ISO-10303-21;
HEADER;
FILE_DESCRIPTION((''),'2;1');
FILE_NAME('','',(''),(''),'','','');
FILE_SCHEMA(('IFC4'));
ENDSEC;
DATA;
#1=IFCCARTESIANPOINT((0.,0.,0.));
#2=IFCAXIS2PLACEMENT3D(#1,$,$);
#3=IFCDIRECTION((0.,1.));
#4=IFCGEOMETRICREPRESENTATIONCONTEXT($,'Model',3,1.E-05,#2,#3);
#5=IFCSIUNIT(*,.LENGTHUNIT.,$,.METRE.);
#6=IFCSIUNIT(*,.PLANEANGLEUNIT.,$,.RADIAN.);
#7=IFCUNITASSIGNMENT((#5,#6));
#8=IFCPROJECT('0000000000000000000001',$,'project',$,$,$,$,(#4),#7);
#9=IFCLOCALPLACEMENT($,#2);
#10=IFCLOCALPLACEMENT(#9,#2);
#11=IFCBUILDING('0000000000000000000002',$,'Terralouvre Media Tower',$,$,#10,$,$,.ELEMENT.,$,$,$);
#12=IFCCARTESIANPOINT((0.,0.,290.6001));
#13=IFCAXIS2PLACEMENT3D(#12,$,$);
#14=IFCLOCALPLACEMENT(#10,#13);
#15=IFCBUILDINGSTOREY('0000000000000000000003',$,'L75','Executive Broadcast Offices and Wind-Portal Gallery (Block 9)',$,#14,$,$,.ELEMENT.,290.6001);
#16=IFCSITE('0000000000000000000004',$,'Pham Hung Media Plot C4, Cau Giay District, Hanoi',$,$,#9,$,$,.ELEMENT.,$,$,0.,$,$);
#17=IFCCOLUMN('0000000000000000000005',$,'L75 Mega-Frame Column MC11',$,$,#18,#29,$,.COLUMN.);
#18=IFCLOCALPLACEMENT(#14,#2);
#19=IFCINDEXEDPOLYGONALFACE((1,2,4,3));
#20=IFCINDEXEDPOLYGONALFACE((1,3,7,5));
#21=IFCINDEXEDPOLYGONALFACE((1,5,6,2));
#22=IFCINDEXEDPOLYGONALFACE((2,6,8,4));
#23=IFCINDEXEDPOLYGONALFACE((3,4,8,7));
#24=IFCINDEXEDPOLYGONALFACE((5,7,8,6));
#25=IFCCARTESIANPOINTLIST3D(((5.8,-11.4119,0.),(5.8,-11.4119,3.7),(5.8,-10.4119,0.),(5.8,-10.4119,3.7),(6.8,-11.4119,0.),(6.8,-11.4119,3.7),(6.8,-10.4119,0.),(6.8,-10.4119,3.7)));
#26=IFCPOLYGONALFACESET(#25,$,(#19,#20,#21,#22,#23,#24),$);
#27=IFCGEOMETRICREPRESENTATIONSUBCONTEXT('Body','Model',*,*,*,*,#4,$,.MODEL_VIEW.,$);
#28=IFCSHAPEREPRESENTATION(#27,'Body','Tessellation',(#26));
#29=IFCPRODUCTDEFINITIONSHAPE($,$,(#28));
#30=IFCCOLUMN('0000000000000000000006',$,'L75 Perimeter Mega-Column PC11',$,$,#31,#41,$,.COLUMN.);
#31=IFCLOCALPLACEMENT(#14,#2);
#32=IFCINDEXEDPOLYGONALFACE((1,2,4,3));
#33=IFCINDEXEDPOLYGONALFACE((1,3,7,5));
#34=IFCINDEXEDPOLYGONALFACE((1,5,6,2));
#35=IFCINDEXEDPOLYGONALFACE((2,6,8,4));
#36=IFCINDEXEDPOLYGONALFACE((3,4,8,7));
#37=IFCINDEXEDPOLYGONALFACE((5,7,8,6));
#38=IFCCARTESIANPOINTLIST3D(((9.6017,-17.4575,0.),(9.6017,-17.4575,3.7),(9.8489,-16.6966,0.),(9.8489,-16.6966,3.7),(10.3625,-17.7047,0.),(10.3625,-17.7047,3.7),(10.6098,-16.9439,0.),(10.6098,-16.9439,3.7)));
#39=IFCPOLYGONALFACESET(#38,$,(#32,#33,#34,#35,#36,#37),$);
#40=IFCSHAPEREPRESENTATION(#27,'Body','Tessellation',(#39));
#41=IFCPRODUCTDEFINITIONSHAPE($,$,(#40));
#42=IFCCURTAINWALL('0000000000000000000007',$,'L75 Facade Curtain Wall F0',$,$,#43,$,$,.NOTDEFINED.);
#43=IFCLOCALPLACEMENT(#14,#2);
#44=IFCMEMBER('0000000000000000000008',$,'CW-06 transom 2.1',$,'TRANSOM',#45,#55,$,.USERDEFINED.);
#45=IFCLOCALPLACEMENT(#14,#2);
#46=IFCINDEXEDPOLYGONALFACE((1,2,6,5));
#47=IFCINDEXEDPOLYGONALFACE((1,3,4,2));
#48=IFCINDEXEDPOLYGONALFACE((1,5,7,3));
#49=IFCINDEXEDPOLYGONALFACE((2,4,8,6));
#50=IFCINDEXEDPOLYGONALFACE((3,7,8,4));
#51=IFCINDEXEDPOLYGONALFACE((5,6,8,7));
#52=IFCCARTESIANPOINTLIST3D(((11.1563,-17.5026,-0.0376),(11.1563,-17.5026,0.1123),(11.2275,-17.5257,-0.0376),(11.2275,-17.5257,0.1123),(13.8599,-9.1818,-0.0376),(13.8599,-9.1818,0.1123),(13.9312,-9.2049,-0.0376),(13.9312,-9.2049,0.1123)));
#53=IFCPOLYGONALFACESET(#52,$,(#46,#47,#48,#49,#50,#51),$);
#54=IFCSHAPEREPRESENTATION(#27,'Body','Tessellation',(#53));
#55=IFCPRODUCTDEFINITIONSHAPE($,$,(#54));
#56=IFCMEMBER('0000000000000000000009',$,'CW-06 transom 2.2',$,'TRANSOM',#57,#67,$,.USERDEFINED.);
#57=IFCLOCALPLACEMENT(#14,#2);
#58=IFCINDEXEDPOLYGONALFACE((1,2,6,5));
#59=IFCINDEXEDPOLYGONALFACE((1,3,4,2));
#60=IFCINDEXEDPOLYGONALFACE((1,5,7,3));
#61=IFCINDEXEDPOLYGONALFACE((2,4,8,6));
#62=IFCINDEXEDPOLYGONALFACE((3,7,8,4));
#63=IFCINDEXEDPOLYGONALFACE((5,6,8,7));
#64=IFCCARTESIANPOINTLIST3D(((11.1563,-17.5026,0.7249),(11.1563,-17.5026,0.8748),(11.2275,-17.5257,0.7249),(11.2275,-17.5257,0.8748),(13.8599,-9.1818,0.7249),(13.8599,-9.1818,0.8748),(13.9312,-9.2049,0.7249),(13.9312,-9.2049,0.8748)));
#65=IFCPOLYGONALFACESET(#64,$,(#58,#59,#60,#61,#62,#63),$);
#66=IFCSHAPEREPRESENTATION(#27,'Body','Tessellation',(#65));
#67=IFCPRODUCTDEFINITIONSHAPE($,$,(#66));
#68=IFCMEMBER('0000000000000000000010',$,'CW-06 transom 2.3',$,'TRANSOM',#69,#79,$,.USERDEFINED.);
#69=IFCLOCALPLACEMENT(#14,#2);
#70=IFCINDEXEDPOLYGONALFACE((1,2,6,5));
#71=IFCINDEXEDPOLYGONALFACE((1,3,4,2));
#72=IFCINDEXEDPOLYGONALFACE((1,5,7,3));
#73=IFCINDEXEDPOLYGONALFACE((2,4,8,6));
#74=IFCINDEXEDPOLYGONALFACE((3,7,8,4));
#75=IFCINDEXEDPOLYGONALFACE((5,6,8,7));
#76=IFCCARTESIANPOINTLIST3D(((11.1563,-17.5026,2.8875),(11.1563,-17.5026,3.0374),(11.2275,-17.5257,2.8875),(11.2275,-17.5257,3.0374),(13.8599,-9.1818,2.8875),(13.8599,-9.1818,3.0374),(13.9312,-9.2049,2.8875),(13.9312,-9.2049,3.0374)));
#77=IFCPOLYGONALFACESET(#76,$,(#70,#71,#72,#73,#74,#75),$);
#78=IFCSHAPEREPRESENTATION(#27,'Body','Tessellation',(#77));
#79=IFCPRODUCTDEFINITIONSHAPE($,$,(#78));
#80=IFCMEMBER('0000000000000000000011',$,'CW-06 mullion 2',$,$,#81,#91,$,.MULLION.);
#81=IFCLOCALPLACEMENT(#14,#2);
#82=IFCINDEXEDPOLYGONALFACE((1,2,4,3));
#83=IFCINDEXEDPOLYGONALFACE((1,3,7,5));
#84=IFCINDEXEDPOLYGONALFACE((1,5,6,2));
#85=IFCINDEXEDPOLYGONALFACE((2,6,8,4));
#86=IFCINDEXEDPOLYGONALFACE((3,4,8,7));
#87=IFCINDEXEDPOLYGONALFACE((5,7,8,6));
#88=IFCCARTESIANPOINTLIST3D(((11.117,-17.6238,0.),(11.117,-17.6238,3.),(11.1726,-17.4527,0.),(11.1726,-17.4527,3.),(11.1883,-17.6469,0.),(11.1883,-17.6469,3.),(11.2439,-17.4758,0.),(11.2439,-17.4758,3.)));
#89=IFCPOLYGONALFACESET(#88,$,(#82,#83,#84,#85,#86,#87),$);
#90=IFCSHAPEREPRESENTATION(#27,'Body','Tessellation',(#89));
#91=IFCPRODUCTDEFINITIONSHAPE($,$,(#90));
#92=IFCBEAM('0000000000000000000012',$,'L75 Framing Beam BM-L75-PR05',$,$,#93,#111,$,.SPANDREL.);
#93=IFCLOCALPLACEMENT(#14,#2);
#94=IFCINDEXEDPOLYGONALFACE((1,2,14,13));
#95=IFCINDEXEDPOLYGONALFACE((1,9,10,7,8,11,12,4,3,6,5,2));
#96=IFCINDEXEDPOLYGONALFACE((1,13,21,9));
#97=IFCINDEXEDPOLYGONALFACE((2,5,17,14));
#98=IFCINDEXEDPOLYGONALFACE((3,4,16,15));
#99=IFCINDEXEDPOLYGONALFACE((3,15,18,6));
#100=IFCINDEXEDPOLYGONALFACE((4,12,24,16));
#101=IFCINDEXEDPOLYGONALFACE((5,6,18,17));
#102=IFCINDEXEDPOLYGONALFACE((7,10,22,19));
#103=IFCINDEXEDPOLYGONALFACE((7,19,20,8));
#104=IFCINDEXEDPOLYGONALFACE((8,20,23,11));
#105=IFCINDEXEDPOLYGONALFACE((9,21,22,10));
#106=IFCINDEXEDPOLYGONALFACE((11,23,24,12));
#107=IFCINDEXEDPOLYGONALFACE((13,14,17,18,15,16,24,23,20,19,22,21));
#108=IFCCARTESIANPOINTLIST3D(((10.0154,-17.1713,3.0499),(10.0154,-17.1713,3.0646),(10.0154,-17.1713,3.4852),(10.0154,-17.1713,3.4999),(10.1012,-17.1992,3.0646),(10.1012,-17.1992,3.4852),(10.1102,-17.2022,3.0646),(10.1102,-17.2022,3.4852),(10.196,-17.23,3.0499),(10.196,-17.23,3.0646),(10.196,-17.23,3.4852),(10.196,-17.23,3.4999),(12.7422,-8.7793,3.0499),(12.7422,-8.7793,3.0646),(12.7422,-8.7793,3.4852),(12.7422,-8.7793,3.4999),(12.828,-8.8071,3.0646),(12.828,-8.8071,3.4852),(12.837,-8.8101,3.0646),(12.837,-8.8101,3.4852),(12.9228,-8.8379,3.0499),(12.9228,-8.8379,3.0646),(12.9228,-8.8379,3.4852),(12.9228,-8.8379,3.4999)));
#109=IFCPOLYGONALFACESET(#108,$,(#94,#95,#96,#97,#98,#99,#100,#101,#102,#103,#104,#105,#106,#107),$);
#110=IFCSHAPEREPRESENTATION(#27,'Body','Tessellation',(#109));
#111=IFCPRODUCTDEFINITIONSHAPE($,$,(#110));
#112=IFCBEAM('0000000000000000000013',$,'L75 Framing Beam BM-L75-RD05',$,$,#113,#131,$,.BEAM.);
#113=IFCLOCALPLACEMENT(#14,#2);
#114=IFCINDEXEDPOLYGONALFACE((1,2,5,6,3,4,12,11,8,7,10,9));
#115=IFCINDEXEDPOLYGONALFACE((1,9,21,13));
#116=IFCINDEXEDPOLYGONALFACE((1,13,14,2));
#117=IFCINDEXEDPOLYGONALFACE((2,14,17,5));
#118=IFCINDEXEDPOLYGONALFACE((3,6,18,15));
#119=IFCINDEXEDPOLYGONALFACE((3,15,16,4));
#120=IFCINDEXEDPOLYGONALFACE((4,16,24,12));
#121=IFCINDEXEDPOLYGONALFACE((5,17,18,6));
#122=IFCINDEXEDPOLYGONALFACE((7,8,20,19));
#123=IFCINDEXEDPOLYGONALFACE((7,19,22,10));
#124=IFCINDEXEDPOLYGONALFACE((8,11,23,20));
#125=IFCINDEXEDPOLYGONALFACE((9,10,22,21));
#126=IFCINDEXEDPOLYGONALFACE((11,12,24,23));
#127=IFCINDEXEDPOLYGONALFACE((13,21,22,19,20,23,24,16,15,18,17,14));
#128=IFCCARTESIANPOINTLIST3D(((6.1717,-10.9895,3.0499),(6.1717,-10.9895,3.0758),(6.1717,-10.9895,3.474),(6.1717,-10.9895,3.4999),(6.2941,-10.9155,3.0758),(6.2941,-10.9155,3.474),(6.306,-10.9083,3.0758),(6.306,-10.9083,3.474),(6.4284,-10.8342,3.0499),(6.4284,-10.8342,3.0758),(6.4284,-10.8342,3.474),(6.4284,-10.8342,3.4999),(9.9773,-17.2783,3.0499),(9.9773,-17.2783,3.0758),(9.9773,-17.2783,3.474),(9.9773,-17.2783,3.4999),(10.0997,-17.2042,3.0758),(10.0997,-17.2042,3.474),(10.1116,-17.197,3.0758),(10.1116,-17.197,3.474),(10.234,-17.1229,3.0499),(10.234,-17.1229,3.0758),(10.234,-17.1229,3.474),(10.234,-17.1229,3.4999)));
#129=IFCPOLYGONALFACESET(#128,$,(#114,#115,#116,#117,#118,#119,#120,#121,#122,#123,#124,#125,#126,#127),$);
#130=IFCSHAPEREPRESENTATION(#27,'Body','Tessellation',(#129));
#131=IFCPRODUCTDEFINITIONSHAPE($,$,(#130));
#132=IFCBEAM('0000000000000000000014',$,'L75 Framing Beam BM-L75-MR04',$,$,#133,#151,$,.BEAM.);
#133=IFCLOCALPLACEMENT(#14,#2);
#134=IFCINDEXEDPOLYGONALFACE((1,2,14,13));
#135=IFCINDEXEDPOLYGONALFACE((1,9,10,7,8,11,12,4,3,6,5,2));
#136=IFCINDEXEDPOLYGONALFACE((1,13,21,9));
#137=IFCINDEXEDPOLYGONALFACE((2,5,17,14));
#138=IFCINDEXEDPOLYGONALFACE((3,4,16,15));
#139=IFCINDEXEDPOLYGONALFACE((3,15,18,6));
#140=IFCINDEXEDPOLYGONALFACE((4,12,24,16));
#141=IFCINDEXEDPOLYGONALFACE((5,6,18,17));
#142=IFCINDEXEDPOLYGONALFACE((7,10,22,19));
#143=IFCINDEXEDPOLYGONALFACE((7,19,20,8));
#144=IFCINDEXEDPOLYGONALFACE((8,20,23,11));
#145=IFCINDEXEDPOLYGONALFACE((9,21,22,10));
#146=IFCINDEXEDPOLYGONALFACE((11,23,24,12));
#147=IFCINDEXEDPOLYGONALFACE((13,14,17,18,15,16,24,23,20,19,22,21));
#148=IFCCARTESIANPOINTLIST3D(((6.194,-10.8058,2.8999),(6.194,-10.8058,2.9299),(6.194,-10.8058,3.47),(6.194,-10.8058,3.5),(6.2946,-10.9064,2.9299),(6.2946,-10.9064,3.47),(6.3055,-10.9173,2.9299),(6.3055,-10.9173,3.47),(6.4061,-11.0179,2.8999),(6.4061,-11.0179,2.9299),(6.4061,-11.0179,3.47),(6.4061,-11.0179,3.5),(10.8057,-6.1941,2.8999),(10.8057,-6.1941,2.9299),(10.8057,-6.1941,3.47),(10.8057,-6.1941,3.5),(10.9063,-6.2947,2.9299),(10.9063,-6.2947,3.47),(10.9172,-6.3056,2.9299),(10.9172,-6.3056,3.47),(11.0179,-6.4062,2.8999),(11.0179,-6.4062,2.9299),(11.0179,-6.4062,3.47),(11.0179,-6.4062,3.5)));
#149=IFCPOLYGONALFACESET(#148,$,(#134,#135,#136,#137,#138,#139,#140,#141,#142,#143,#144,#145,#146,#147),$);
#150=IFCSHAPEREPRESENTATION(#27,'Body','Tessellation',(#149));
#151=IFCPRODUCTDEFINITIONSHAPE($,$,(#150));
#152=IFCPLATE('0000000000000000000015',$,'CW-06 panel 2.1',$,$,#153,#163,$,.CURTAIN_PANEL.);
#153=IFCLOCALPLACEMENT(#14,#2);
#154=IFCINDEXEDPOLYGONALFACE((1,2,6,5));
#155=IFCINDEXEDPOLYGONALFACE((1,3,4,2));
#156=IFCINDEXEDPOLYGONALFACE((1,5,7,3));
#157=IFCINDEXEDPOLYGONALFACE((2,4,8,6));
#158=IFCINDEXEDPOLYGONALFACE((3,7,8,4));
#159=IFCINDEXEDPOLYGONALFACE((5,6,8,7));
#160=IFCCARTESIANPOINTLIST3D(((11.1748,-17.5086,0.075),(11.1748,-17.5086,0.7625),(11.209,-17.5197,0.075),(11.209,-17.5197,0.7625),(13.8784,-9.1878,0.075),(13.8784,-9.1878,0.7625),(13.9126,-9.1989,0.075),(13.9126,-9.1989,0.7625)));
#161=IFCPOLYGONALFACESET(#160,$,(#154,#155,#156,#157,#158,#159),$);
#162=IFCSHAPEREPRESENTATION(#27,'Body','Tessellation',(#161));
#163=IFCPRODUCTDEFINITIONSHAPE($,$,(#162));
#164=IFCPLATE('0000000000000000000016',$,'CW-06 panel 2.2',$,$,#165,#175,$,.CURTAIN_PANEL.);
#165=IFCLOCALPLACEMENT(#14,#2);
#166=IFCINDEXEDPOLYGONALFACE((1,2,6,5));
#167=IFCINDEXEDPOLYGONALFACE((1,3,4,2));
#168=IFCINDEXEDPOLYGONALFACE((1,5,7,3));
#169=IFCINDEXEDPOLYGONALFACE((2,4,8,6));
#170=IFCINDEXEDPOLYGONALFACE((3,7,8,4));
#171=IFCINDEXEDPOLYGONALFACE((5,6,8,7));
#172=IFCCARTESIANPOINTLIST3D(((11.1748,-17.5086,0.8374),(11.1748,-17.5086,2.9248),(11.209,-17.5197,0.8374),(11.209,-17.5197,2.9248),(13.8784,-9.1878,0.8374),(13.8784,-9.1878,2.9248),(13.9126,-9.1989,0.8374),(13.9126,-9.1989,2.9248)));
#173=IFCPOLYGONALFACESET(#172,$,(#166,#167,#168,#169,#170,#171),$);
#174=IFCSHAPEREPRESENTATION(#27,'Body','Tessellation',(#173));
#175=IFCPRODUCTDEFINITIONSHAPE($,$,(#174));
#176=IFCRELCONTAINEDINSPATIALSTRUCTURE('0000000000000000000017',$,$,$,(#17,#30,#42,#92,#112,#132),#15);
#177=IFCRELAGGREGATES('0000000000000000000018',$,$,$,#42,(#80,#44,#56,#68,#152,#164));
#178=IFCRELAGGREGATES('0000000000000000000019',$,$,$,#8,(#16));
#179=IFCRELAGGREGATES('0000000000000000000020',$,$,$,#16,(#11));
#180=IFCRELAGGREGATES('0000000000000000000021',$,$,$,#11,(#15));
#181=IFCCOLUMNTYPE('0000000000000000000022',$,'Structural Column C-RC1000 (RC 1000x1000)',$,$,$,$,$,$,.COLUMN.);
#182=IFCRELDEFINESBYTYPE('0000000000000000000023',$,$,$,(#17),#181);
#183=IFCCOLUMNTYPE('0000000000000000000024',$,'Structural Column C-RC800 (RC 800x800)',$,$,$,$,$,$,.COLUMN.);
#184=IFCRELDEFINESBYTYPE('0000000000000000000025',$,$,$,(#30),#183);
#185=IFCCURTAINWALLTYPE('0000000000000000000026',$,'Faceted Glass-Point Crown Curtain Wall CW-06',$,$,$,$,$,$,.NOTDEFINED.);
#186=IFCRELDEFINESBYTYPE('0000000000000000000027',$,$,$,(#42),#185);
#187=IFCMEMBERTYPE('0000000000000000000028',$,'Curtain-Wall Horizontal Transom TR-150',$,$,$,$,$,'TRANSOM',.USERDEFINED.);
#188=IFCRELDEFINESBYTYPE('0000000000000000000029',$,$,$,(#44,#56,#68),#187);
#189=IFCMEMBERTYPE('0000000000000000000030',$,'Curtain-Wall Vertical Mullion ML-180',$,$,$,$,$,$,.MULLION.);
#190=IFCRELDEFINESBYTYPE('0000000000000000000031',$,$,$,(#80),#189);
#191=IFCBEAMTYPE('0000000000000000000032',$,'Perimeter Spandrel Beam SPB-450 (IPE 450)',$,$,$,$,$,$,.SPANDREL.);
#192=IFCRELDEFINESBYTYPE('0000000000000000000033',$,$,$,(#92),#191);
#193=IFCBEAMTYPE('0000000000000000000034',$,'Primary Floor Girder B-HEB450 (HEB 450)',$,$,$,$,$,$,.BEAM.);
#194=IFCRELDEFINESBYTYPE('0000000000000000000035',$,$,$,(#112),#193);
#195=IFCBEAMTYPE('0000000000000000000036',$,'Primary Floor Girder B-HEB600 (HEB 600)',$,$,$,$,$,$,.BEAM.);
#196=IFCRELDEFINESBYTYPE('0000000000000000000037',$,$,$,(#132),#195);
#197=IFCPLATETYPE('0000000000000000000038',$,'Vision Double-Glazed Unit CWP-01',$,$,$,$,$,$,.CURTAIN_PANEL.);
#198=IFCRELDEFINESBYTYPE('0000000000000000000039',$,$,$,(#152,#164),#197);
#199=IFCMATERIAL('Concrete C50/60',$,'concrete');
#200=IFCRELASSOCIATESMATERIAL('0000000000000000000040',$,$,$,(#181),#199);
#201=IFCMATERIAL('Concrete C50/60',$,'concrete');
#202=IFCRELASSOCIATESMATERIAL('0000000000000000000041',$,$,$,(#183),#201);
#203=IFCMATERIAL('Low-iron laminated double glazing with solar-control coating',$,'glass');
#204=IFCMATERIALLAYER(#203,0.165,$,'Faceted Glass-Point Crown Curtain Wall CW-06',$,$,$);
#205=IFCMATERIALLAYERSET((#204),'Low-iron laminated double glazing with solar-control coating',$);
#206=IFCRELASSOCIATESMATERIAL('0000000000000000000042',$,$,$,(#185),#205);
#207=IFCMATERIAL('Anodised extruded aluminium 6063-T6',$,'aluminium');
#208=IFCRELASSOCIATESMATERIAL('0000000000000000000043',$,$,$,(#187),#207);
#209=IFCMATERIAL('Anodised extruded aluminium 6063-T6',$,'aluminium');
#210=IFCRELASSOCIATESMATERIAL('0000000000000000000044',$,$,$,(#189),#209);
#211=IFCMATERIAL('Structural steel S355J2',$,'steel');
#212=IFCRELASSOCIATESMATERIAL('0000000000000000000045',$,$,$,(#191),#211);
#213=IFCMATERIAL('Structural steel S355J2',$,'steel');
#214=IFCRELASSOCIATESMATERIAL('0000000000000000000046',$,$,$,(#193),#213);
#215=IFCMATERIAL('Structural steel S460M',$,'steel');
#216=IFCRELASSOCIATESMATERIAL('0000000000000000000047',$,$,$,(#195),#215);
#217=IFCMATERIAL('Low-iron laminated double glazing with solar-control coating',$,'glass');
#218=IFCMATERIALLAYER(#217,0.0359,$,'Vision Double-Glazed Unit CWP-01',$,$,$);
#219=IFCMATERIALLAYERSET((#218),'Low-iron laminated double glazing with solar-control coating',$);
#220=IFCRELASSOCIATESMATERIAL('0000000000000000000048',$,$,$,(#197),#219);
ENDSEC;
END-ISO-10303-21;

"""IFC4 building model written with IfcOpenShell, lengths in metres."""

from ifc_helpers import new_model, si_unit, direction, frame, origin, origin_2d, place, context, subcontext, project, spatial, rectangle, i_section, extrude, material, layer, layer_set, material_profile, profile_set, type_object, element, aggregate, save


model = new_model("IFC4")

# Units and contexts
model_context = context("Model", 3, precision=1e-05, world=origin(), true_north=direction((0.0, 1.0)))
body_context = subcontext(model_context, "Body", "Model", "MODEL_VIEW")
ifc_project = project(units=[si_unit("LENGTHUNIT", "METRE"), si_unit("PLANEANGLEUNIT", "RADIAN")], contexts=[model_context])

# Site, building, storey
site_placement = place(None, origin())
site = spatial("IfcSite", under=ifc_project, at=site_placement, Name="Pham Hung Media Plot C4, Cau Giay District, Hanoi", CompositionType="ELEMENT", RefElevation=0.0)
building_placement = place(site_placement, origin())
building = spatial("IfcBuilding", under=site, at=building_placement, Name="Terralouvre Media Tower", CompositionType="ELEMENT")
storey_placement = place(building_placement, frame((0.0, 0.0, 290.6001)))
storey = spatial("IfcBuildingStorey", under=building, at=storey_placement, Name="L75", Description="Executive Broadcast Offices and Wind-Portal Gallery (Block 9)", CompositionType="ELEMENT", Elevation=290.6001)

# Columns
ifc_material_1 = material(Name="Concrete C50/60", Category="concrete")
ifc_material_profile_1 = material_profile(ifc_material_1, rectangle(XDim=1.0, YDim=1.0, at=origin_2d()), Name="RC 1000x1000")
ifc_profile_set_1 = profile_set([ifc_material_profile_1], Name="Concrete C50/60")
column_type_1 = type_object("IfcColumnType", Name="Structural Column C-RC1000 (RC 1000x1000)", PredefinedType="COLUMN", material=ifc_profile_set_1)
column_1_placement = place(storey_placement, frame((6.3, -10.9119, 0.0), z_axis=(0.0, 0.0, 1.0), x_axis=(1.0, 0.0, 0.0)))
element("IfcColumn", 1, at=column_1_placement, inside=storey, type_object=column_type_1, Name="L75 Mega-Frame Column MC11", PredefinedType="COLUMN", context=body_context, shape_type="SweptSolid", body=[
    extrude(rectangle(XDim=1.0, YDim=1.0, at=origin_2d()), origin(), (0.0, 0.0, 1.0), 3.7),
])
ifc_material_2 = material(Name="Concrete C50/60", Category="concrete")
ifc_material_profile_2 = material_profile(ifc_material_2, rectangle(XDim=0.8, YDim=0.8, at=origin_2d()), Name="RC 800x800")
ifc_profile_set_2 = profile_set([ifc_material_profile_2], Name="Concrete C50/60")
column_type_2 = type_object("IfcColumnType", Name="Structural Column C-RC800 (RC 800x800)", PredefinedType="COLUMN", material=ifc_profile_set_2)
column_2_placement = place(storey_placement, frame((10.1057, -17.2007, 0.0), z_axis=(0.0, 0.0, 1.0), x_axis=(0.309017, 0.951057, 0.0)))
element("IfcColumn", 2, at=column_2_placement, inside=storey, type_object=column_type_2, Name="L75 Perimeter Mega-Column PC11", PredefinedType="COLUMN", context=body_context, shape_type="SweptSolid", body=[
    extrude(rectangle(XDim=0.8, YDim=0.8, at=origin_2d()), origin(), (0.0, 0.0, 1.0), 3.7),
])

# Curtain wall, members
ifc_material_3 = material(Name="Low-iron laminated double glazing with solar-control coating", Category="glass")
ifc_layer_1 = layer(ifc_material_3, 0.165, Name="Faceted Glass-Point Crown Curtain Wall CW-06")
ifc_layer_set_1 = layer_set([ifc_layer_1], Name="Low-iron laminated double glazing with solar-control coating")
curtain_wall_type = type_object("IfcCurtainWallType", Name="Faceted Glass-Point Crown Curtain Wall CW-06", PredefinedType="NOTDEFINED", material=ifc_layer_set_1)
curtain_wall_placement = place(storey_placement, origin())
curtain_wall = element("IfcCurtainWall", 3, at=curtain_wall_placement, inside=storey, type_object=curtain_wall_type, Name="L75 Facade Curtain Wall F0", PredefinedType="NOTDEFINED")
ifc_material_4 = material(Name="Anodised extruded aluminium 6063-T6", Category="aluminium")
ifc_material_profile_3 = material_profile(ifc_material_4, rectangle(XDim=0.075, YDim=0.1499, at=origin_2d()), Name="ALU 75x150")
ifc_profile_set_3 = profile_set([ifc_material_profile_3], Name="Anodised extruded aluminium 6063-T6")
member_type_1 = type_object("IfcMemberType", Name="Curtain-Wall Horizontal Transom TR-150", ElementType="TRANSOM", PredefinedType="USERDEFINED", material=ifc_profile_set_3)
member_1_placement = place(storey_placement, frame((11.1919, -17.5142, 0.0374), z_axis=(0.309019, 0.951056, 0.0), x_axis=(-0.951056, 0.309019, 0.0)))
member_1 = element("IfcMember", 4, at=member_1_placement, type_object=member_type_1, Name="CW-06 transom 2.1", ObjectType="TRANSOM", PredefinedType="USERDEFINED", context=body_context, shape_type="SweptSolid", body=[
    extrude(rectangle(XDim=0.075, YDim=0.1499, at=origin_2d()), origin(), (0.0, 0.0, 1.0), 8.749),
])
member_2_placement = place(storey_placement, frame((11.1919, -17.5142, 0.7998), z_axis=(0.309019, 0.951056, 0.0), x_axis=(-0.951056, 0.309019, 0.0)))
member_2 = element("IfcMember", 5, at=member_2_placement, type_object=member_type_1, Name="CW-06 transom 2.2", ObjectType="TRANSOM", PredefinedType="USERDEFINED", context=body_context, shape_type="SweptSolid", body=[
    extrude(rectangle(XDim=0.075, YDim=0.1499, at=origin_2d()), origin(), (0.0, 0.0, 1.0), 8.749),
])
member_3_placement = place(storey_placement, frame((11.1919, -17.5142, 2.9624), z_axis=(0.309019, 0.951056, 0.0), x_axis=(-0.951056, 0.309019, 0.0)))
member_3 = element("IfcMember", 6, at=member_3_placement, type_object=member_type_1, Name="CW-06 transom 2.3", ObjectType="TRANSOM", PredefinedType="USERDEFINED", context=body_context, shape_type="SweptSolid", body=[
    extrude(rectangle(XDim=0.075, YDim=0.1499, at=origin_2d()), origin(), (0.0, 0.0, 1.0), 8.749),
])
ifc_material_5 = material(Name="Anodised extruded aluminium 6063-T6", Category="aluminium")
ifc_material_profile_4 = material_profile(ifc_material_5, rectangle(XDim=0.075, YDim=0.1799, at=origin_2d()), Name="ALU 75x180")
ifc_profile_set_4 = profile_set([ifc_material_profile_4], Name="Anodised extruded aluminium 6063-T6")
member_type_2 = type_object("IfcMemberType", Name="Curtain-Wall Vertical Mullion ML-180", PredefinedType="MULLION", material=ifc_profile_set_4)
member_4_placement = place(storey_placement, frame((11.1804, -17.5498, 0.0), z_axis=(0.0, 0.0, 1.0), x_axis=(-0.951057, 0.309017, 0.0)))
member_4 = element("IfcMember", 7, at=member_4_placement, type_object=member_type_2, Name="CW-06 mullion 2", PredefinedType="MULLION", context=body_context, shape_type="SweptSolid", body=[
    extrude(rectangle(XDim=0.075, YDim=0.1799, at=origin_2d()), origin(), (0.0, 0.0, 1.0), 3.0),
])

# Beams
ifc_material_6 = material(Name="Structural steel S355J2", Category="steel")
ifc_material_profile_5 = material_profile(ifc_material_6, i_section(OverallWidth=0.1899, OverallDepth=0.45, WebThickness=0.0095, FlangeThickness=0.0146, at=origin_2d()), Name="IPE 450")
ifc_profile_set_5 = profile_set([ifc_material_profile_5], Name="Structural steel S355J2")
beam_type_1 = type_object("IfcBeamType", Name="Perimeter Spandrel Beam SPB-450 (IPE 450)", PredefinedType="SPANDREL", material=ifc_profile_set_5)
beam_1_placement = place(storey_placement, frame((10.1057, -17.2007, 3.2749), z_axis=(0.309022, 0.951055, 0.0), x_axis=(-0.951055, 0.309022, 0.0)))
element("IfcBeam", 8, at=beam_1_placement, inside=storey, type_object=beam_type_1, Name="L75 Framing Beam BM-L75-PR05", PredefinedType="SPANDREL", context=body_context, shape_type="SweptSolid", body=[
    extrude(i_section(OverallWidth=0.1899, OverallDepth=0.45, WebThickness=0.0095, FlangeThickness=0.0146, at=origin_2d()), origin(), (0.0, 0.0, 1.0), 8.824),
])
ifc_material_7 = material(Name="Structural steel S355J2", Category="steel")
ifc_material_profile_6 = material_profile(ifc_material_7, i_section(OverallWidth=0.3, OverallDepth=0.45, WebThickness=0.0139, FlangeThickness=0.0259, at=origin_2d()), Name="HEB 450")
ifc_profile_set_6 = profile_set([ifc_material_profile_6], Name="Structural steel S355J2")
beam_type_2 = type_object("IfcBeamType", Name="Primary Floor Girder B-HEB450 (HEB 450)", PredefinedType="BEAM", material=ifc_profile_set_6)
beam_2_placement = place(storey_placement, frame((6.3, -10.9119, 3.2749), z_axis=(0.51773, -0.855544, 0.0), x_axis=(0.855544, 0.51773, 0.0)))
element("IfcBeam", 9, at=beam_2_placement, inside=storey, type_object=beam_type_2, Name="L75 Framing Beam BM-L75-RD05", PredefinedType="BEAM", context=body_context, shape_type="SweptSolid", body=[
    extrude(i_section(OverallWidth=0.3, OverallDepth=0.45, WebThickness=0.0139, FlangeThickness=0.0259, at=origin_2d()), origin(), (0.0, 0.0, 1.0), 7.3506),
])
ifc_material_8 = material(Name="Structural steel S460M", Category="steel")
ifc_material_profile_7 = material_profile(ifc_material_8, i_section(OverallWidth=0.3, OverallDepth=0.6001, WebThickness=0.0154, FlangeThickness=0.03, at=origin_2d()), Name="HEB 600")
ifc_profile_set_7 = profile_set([ifc_material_profile_7], Name="Structural steel S460M")
beam_type_3 = type_object("IfcBeamType", Name="Primary Floor Girder B-HEB600 (HEB 600)", PredefinedType="BEAM", material=ifc_profile_set_7)
beam_3_placement = place(storey_placement, frame((6.3, -10.9119, 3.2), z_axis=(0.707107, 0.707107, 0.0), x_axis=(-0.707107, 0.707107, 0.0)))
element("IfcBeam", 10, at=beam_3_placement, inside=storey, type_object=beam_type_3, Name="L75 Framing Beam BM-L75-MR04", PredefinedType="BEAM", context=body_context, shape_type="SweptSolid", body=[
    extrude(i_section(OverallWidth=0.3, OverallDepth=0.6001, WebThickness=0.0154, FlangeThickness=0.03, at=origin_2d()), origin(), (0.0, 0.0, 1.0), 6.522),
])

# Plates
ifc_material_9 = material(Name="Low-iron laminated double glazing with solar-control coating", Category="glass")
ifc_layer_2 = layer(ifc_material_9, 0.0359, Name="Vision Double-Glazed Unit CWP-01")
ifc_layer_set_2 = layer_set([ifc_layer_2], Name="Low-iron laminated double glazing with solar-control coating")
plate_type = type_object("IfcPlateType", Name="Vision Double-Glazed Unit CWP-01", PredefinedType="CURTAIN_PANEL", material=ifc_layer_set_2)
plate_1_placement = place(storey_placement, frame((12.5437, -13.3538, 0.075), z_axis=(0.0, 0.0, 1.0), x_axis=(0.309017, 0.951057, 0.0)))
plate_1 = element("IfcPlate", 11, at=plate_1_placement, type_object=plate_type, Name="CW-06 panel 2.1", PredefinedType="CURTAIN_PANEL", context=body_context, shape_type="SweptSolid", body=[
    extrude(rectangle(XDim=8.749, YDim=0.0359, at=origin_2d()), origin(), (0.0, 0.0, 1.0), 0.6875),
])
plate_2_placement = place(storey_placement, frame((12.5437, -13.3538, 0.8374), z_axis=(0.0, 0.0, 1.0), x_axis=(0.309017, 0.951057, 0.0)))
plate_2 = element("IfcPlate", 12, at=plate_2_placement, type_object=plate_type, Name="CW-06 panel 2.2", PredefinedType="CURTAIN_PANEL", context=body_context, shape_type="SweptSolid", body=[
    extrude(rectangle(XDim=8.749, YDim=0.0359, at=origin_2d()), origin(), (0.0, 0.0, 1.0), 2.0874),
])
aggregate(curtain_wall, [member_4, member_1, member_2, member_3, plate_1, plate_2])

save(model, "model.ifc")
